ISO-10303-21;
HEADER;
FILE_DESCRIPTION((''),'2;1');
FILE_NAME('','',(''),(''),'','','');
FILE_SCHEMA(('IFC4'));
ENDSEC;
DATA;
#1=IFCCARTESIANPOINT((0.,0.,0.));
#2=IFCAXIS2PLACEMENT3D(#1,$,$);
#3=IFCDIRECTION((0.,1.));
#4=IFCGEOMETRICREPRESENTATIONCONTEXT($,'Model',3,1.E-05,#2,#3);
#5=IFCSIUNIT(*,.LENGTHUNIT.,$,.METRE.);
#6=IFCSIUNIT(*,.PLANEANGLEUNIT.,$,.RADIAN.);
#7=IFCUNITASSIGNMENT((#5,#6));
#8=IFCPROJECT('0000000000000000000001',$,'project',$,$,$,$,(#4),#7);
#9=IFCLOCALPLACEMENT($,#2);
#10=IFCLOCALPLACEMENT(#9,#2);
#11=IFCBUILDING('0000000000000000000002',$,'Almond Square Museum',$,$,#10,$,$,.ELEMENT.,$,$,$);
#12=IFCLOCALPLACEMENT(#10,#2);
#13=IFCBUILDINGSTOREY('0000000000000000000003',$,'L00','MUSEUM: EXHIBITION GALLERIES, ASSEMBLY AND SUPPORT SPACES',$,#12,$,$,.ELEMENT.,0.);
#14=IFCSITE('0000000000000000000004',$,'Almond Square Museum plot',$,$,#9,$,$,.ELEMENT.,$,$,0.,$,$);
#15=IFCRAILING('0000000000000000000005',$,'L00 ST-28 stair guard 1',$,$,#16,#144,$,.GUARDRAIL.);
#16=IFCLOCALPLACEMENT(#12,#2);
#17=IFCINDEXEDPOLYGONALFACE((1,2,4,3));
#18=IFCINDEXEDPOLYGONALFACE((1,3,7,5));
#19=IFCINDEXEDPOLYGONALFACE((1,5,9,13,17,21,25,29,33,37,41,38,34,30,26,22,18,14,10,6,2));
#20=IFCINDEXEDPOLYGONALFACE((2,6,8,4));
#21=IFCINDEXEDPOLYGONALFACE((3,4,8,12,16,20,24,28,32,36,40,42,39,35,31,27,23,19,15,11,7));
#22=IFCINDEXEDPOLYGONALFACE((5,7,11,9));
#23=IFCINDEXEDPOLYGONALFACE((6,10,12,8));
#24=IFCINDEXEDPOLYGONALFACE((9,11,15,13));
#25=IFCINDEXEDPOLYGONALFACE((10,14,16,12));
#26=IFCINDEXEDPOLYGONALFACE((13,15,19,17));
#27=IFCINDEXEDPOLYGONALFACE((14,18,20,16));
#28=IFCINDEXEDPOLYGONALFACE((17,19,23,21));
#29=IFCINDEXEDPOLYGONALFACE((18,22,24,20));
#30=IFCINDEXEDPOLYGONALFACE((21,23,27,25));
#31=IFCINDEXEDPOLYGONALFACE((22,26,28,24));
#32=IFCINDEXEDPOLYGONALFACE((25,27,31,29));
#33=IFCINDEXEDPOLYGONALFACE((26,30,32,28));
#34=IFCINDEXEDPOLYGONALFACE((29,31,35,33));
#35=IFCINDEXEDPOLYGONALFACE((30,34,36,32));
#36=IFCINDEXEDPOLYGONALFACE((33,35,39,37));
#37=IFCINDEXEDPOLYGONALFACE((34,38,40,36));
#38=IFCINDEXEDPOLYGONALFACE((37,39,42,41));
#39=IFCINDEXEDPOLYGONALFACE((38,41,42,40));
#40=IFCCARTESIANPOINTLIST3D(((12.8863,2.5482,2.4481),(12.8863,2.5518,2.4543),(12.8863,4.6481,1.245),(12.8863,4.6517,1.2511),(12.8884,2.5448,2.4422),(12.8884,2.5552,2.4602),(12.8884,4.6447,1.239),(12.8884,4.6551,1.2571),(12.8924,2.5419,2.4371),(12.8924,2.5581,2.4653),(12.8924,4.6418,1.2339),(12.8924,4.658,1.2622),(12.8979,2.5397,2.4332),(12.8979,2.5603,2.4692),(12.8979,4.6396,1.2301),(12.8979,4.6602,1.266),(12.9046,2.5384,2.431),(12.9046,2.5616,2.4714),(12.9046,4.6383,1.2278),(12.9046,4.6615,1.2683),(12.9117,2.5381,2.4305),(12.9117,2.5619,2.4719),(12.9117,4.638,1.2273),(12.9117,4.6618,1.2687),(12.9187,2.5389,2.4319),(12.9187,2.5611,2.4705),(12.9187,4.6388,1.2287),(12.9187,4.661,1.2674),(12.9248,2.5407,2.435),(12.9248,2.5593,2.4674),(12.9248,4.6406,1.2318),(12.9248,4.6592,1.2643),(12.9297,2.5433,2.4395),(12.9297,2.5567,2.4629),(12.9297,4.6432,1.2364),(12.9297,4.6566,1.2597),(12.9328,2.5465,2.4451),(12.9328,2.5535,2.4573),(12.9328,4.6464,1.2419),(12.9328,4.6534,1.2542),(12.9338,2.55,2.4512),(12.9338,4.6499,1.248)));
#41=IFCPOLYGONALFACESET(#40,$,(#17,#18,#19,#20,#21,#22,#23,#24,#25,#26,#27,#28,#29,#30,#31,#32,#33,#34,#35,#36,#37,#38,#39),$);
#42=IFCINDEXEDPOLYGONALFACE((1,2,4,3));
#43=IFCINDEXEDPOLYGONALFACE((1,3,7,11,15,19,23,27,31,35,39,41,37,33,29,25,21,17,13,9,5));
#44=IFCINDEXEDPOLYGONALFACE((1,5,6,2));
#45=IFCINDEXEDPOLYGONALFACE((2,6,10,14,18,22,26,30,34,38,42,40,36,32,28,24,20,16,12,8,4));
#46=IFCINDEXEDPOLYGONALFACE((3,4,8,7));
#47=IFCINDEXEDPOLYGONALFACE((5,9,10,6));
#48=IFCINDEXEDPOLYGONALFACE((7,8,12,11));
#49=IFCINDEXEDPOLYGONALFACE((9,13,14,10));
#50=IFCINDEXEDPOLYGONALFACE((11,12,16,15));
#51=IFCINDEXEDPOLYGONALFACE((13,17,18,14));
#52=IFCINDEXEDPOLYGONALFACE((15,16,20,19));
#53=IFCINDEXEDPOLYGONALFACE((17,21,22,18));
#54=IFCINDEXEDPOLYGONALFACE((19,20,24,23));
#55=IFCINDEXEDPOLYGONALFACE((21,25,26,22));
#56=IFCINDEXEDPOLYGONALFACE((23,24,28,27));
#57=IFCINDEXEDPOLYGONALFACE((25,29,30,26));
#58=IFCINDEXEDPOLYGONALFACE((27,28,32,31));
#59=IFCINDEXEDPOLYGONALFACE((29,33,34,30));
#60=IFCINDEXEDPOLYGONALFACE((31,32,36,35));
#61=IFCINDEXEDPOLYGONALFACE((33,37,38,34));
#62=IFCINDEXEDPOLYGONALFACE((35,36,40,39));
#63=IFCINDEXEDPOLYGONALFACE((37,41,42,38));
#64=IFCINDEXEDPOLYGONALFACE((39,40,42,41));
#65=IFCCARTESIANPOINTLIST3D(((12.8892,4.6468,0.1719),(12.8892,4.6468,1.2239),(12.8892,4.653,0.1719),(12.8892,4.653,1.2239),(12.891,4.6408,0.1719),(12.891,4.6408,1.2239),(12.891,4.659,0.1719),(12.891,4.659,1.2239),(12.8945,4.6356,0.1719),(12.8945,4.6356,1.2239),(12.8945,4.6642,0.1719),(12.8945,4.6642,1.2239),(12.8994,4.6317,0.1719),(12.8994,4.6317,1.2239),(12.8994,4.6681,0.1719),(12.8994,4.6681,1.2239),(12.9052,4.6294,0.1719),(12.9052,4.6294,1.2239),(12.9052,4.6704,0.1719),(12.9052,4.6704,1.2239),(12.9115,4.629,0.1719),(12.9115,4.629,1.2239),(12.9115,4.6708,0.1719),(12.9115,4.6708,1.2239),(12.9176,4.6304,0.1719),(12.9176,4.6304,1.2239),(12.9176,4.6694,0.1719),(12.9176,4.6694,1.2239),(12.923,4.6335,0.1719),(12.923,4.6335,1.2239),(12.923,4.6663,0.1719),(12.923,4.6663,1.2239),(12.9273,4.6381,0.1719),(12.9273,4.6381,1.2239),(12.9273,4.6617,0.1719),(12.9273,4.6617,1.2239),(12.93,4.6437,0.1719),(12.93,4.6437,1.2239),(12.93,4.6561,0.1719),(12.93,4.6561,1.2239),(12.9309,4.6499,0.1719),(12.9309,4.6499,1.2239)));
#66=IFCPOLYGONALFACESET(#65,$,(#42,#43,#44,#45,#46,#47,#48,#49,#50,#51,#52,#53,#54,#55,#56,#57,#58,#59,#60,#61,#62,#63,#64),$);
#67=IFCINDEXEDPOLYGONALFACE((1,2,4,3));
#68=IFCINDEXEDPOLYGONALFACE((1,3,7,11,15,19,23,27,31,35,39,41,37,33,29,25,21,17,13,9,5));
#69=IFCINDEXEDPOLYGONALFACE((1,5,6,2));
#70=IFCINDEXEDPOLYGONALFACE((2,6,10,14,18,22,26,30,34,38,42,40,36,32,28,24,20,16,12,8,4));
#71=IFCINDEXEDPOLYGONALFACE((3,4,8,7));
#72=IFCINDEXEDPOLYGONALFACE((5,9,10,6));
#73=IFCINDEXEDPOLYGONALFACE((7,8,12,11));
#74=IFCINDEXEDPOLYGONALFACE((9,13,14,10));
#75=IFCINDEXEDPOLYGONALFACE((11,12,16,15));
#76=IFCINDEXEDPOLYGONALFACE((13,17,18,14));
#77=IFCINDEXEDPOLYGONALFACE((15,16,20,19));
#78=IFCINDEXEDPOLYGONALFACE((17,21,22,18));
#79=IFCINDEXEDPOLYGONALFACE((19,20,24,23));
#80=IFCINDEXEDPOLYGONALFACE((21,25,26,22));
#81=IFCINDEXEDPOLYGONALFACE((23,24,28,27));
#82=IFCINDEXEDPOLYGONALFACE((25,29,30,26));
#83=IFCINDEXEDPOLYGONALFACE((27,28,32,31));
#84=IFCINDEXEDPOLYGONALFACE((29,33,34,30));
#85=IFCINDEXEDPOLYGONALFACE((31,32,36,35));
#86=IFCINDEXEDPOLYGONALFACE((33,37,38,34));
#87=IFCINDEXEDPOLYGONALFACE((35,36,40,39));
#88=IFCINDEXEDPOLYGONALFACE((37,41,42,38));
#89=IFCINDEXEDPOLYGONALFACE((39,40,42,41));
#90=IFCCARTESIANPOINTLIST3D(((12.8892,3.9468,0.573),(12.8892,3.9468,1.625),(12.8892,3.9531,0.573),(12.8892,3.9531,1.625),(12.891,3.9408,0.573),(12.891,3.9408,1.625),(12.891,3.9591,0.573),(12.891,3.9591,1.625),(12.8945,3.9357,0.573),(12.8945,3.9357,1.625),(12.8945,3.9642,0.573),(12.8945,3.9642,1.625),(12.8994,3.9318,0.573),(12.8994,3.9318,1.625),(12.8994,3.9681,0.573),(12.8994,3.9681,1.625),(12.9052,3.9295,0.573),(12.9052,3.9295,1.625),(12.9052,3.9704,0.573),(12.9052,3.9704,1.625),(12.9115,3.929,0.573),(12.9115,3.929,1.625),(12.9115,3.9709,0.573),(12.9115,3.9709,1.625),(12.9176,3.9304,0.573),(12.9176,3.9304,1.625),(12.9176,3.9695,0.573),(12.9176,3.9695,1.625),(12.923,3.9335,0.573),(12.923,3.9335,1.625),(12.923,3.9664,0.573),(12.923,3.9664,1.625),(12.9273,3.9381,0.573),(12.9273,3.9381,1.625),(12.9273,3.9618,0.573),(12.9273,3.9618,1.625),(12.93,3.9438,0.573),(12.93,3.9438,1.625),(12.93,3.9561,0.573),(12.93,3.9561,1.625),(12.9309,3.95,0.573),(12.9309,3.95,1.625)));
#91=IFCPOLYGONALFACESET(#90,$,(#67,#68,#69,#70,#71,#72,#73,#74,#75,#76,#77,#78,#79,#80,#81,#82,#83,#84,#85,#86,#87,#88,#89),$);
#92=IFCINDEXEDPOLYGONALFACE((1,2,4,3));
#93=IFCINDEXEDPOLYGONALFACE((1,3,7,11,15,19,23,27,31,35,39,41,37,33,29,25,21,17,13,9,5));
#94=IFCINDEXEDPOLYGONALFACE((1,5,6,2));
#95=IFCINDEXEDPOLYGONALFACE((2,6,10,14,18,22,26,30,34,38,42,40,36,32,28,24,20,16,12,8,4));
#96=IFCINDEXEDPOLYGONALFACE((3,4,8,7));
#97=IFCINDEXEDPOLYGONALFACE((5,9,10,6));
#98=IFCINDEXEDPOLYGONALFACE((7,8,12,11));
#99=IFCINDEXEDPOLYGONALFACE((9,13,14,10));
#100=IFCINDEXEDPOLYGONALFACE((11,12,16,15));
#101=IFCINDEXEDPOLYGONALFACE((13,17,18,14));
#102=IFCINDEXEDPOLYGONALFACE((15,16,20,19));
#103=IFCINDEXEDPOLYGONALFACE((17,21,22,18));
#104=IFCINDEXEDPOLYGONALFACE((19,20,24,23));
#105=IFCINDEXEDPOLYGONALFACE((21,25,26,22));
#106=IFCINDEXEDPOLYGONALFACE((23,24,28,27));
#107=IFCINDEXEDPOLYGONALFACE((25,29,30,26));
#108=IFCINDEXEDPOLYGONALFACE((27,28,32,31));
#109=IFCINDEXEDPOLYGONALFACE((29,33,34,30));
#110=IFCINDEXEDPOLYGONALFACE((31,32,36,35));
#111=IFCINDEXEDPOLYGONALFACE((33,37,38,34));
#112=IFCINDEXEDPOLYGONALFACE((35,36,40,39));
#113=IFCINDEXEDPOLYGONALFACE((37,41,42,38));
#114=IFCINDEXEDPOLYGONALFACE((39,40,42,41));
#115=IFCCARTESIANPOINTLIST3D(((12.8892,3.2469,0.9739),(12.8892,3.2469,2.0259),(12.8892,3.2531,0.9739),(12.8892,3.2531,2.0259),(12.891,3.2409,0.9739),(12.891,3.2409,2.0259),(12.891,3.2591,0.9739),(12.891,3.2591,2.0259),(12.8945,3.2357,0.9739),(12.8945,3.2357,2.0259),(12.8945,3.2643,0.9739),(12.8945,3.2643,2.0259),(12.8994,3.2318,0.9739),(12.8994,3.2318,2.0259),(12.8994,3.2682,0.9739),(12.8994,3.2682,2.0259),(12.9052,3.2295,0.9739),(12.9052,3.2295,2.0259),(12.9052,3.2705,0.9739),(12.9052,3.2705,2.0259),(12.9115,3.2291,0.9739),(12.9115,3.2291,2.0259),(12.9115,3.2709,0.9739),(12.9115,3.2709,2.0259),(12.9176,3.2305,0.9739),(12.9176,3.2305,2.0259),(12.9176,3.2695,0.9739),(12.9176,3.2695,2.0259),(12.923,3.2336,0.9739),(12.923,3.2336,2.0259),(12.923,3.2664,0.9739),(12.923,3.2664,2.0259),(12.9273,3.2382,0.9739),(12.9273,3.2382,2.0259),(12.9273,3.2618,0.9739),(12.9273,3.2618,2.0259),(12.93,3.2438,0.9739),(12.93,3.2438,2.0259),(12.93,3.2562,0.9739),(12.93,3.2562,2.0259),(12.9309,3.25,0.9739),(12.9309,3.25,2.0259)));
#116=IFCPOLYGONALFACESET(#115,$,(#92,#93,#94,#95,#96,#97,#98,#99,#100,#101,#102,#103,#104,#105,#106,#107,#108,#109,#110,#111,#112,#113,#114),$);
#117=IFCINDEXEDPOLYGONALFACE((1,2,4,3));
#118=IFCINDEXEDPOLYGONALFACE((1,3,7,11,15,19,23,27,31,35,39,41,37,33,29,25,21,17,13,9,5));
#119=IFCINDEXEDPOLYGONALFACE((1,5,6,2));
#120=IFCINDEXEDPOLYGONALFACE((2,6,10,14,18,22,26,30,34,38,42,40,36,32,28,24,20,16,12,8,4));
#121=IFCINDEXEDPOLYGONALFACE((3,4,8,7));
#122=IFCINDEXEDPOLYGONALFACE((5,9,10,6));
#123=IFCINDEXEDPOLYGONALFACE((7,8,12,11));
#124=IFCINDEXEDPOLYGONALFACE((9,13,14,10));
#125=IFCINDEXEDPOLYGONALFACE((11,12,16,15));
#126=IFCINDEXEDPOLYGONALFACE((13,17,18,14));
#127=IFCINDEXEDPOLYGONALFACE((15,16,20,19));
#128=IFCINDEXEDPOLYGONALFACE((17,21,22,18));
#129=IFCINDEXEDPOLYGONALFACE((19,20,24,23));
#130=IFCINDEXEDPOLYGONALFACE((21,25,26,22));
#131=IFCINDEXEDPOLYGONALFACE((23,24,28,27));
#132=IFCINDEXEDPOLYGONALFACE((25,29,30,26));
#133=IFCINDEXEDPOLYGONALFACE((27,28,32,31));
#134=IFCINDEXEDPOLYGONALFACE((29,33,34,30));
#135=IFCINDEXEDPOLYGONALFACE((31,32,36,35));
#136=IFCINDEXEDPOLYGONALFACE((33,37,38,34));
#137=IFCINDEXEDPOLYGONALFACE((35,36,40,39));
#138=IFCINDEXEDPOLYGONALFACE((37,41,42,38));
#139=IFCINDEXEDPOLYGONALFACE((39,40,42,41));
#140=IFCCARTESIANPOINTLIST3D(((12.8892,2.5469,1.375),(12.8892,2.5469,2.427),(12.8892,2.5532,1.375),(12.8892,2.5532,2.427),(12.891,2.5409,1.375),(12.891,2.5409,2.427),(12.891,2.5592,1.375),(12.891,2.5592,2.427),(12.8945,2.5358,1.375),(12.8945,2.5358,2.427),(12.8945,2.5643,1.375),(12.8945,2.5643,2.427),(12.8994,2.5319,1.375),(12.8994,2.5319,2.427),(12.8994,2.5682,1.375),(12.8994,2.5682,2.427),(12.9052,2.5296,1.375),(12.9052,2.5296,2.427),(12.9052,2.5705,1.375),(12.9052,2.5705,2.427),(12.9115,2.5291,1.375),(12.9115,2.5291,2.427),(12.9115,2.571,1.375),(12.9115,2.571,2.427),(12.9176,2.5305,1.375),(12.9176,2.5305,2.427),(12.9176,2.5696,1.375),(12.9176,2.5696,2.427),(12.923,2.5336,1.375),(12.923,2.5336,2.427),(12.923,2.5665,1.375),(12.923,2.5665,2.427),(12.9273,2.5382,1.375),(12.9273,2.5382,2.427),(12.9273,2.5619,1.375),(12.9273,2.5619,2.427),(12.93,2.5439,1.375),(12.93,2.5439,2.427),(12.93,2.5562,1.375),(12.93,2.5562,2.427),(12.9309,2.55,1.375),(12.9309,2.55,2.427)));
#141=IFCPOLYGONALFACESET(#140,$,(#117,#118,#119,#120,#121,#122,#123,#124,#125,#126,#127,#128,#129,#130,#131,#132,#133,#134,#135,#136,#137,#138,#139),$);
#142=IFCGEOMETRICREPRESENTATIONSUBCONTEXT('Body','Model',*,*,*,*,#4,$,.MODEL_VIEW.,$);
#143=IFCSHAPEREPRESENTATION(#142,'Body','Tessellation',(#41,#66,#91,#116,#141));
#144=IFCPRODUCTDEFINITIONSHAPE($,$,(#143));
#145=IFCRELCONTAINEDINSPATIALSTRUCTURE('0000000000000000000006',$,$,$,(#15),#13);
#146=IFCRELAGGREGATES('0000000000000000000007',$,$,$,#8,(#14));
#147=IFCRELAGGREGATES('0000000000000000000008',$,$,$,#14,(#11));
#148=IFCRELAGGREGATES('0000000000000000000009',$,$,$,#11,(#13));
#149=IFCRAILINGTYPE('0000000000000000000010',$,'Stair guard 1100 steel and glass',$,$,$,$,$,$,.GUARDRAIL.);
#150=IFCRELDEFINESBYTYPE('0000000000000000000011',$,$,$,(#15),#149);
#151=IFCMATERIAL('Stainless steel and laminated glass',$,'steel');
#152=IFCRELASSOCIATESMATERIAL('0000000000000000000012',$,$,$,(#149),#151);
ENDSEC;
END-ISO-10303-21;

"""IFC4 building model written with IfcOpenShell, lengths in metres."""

from ifc_helpers import new_model, si_unit, direction, frame, origin, origin_2d, place, context, subcontext, project, spatial, circle, extrude, material, type_object, element, save


model = new_model("IFC4")

# Units and contexts
model_context = context("Model", 3, precision=1e-05, world=origin(), true_north=direction((0.0, 1.0)))
body_context = subcontext(model_context, "Body", "Model", "MODEL_VIEW")
ifc_project = project(units=[si_unit("LENGTHUNIT", "METRE"), si_unit("PLANEANGLEUNIT", "RADIAN")], contexts=[model_context])

# Site, building, storey
site_placement = place(None, origin())
site = spatial("IfcSite", under=ifc_project, at=site_placement, Name="Almond Square Museum plot", CompositionType="ELEMENT", RefElevation=0.0)
building_placement = place(site_placement, origin())
building = spatial("IfcBuilding", under=site, at=building_placement, Name="Almond Square Museum", CompositionType="ELEMENT")
storey_placement = place(building_placement, origin())
storey = spatial("IfcBuildingStorey", under=building, at=storey_placement, Name="L00", Description="MUSEUM: EXHIBITION GALLERIES, ASSEMBLY AND SUPPORT SPACES", CompositionType="ELEMENT", Elevation=0.0)

# Railing
ifc_material_1 = material(Name="Stainless steel and laminated glass", Category="steel")
railing_type_1 = type_object("IfcRailingType", Name="Stair guard 1100 steel and glass", PredefinedType="GUARDRAIL", material=ifc_material_1)
railing_1_placement = place(storey_placement, frame((12.9099, 4.6499, 0.1719)))
element("IfcRailing", 1, at=railing_1_placement, inside=storey, type_object=railing_type_1, Name="L00 ST-28 stair guard 1", PredefinedType="GUARDRAIL", context=body_context, shape_type="SweptSolid", body=[
    extrude(circle(Radius=0.0239, at=origin_2d()), frame((0.0, 0.0, 1.0762), z_axis=(0.0, -0.867671, 0.497138), x_axis=(1.0, 0.0, 0.0)), (0.0, 0.0, 1.0), 2.4202),
    extrude(circle(Radius=0.021, at=origin_2d()), origin(), (0.0, 0.0, 1.0), 1.052),
    extrude(circle(Radius=0.021, at=origin_2d()), frame((0.0, -0.7, 0.4011)), (0.0, 0.0, 1.0), 1.052),
    extrude(circle(Radius=0.021, at=origin_2d()), frame((0.0, -1.3999, 0.802)), (0.0, 0.0, 1.0), 1.052),
    extrude(circle(Radius=0.021, at=origin_2d()), frame((0.0, -2.0999, 1.2031)), (0.0, 0.0, 1.0), 1.052),
])

save(model, "model.ifc")
